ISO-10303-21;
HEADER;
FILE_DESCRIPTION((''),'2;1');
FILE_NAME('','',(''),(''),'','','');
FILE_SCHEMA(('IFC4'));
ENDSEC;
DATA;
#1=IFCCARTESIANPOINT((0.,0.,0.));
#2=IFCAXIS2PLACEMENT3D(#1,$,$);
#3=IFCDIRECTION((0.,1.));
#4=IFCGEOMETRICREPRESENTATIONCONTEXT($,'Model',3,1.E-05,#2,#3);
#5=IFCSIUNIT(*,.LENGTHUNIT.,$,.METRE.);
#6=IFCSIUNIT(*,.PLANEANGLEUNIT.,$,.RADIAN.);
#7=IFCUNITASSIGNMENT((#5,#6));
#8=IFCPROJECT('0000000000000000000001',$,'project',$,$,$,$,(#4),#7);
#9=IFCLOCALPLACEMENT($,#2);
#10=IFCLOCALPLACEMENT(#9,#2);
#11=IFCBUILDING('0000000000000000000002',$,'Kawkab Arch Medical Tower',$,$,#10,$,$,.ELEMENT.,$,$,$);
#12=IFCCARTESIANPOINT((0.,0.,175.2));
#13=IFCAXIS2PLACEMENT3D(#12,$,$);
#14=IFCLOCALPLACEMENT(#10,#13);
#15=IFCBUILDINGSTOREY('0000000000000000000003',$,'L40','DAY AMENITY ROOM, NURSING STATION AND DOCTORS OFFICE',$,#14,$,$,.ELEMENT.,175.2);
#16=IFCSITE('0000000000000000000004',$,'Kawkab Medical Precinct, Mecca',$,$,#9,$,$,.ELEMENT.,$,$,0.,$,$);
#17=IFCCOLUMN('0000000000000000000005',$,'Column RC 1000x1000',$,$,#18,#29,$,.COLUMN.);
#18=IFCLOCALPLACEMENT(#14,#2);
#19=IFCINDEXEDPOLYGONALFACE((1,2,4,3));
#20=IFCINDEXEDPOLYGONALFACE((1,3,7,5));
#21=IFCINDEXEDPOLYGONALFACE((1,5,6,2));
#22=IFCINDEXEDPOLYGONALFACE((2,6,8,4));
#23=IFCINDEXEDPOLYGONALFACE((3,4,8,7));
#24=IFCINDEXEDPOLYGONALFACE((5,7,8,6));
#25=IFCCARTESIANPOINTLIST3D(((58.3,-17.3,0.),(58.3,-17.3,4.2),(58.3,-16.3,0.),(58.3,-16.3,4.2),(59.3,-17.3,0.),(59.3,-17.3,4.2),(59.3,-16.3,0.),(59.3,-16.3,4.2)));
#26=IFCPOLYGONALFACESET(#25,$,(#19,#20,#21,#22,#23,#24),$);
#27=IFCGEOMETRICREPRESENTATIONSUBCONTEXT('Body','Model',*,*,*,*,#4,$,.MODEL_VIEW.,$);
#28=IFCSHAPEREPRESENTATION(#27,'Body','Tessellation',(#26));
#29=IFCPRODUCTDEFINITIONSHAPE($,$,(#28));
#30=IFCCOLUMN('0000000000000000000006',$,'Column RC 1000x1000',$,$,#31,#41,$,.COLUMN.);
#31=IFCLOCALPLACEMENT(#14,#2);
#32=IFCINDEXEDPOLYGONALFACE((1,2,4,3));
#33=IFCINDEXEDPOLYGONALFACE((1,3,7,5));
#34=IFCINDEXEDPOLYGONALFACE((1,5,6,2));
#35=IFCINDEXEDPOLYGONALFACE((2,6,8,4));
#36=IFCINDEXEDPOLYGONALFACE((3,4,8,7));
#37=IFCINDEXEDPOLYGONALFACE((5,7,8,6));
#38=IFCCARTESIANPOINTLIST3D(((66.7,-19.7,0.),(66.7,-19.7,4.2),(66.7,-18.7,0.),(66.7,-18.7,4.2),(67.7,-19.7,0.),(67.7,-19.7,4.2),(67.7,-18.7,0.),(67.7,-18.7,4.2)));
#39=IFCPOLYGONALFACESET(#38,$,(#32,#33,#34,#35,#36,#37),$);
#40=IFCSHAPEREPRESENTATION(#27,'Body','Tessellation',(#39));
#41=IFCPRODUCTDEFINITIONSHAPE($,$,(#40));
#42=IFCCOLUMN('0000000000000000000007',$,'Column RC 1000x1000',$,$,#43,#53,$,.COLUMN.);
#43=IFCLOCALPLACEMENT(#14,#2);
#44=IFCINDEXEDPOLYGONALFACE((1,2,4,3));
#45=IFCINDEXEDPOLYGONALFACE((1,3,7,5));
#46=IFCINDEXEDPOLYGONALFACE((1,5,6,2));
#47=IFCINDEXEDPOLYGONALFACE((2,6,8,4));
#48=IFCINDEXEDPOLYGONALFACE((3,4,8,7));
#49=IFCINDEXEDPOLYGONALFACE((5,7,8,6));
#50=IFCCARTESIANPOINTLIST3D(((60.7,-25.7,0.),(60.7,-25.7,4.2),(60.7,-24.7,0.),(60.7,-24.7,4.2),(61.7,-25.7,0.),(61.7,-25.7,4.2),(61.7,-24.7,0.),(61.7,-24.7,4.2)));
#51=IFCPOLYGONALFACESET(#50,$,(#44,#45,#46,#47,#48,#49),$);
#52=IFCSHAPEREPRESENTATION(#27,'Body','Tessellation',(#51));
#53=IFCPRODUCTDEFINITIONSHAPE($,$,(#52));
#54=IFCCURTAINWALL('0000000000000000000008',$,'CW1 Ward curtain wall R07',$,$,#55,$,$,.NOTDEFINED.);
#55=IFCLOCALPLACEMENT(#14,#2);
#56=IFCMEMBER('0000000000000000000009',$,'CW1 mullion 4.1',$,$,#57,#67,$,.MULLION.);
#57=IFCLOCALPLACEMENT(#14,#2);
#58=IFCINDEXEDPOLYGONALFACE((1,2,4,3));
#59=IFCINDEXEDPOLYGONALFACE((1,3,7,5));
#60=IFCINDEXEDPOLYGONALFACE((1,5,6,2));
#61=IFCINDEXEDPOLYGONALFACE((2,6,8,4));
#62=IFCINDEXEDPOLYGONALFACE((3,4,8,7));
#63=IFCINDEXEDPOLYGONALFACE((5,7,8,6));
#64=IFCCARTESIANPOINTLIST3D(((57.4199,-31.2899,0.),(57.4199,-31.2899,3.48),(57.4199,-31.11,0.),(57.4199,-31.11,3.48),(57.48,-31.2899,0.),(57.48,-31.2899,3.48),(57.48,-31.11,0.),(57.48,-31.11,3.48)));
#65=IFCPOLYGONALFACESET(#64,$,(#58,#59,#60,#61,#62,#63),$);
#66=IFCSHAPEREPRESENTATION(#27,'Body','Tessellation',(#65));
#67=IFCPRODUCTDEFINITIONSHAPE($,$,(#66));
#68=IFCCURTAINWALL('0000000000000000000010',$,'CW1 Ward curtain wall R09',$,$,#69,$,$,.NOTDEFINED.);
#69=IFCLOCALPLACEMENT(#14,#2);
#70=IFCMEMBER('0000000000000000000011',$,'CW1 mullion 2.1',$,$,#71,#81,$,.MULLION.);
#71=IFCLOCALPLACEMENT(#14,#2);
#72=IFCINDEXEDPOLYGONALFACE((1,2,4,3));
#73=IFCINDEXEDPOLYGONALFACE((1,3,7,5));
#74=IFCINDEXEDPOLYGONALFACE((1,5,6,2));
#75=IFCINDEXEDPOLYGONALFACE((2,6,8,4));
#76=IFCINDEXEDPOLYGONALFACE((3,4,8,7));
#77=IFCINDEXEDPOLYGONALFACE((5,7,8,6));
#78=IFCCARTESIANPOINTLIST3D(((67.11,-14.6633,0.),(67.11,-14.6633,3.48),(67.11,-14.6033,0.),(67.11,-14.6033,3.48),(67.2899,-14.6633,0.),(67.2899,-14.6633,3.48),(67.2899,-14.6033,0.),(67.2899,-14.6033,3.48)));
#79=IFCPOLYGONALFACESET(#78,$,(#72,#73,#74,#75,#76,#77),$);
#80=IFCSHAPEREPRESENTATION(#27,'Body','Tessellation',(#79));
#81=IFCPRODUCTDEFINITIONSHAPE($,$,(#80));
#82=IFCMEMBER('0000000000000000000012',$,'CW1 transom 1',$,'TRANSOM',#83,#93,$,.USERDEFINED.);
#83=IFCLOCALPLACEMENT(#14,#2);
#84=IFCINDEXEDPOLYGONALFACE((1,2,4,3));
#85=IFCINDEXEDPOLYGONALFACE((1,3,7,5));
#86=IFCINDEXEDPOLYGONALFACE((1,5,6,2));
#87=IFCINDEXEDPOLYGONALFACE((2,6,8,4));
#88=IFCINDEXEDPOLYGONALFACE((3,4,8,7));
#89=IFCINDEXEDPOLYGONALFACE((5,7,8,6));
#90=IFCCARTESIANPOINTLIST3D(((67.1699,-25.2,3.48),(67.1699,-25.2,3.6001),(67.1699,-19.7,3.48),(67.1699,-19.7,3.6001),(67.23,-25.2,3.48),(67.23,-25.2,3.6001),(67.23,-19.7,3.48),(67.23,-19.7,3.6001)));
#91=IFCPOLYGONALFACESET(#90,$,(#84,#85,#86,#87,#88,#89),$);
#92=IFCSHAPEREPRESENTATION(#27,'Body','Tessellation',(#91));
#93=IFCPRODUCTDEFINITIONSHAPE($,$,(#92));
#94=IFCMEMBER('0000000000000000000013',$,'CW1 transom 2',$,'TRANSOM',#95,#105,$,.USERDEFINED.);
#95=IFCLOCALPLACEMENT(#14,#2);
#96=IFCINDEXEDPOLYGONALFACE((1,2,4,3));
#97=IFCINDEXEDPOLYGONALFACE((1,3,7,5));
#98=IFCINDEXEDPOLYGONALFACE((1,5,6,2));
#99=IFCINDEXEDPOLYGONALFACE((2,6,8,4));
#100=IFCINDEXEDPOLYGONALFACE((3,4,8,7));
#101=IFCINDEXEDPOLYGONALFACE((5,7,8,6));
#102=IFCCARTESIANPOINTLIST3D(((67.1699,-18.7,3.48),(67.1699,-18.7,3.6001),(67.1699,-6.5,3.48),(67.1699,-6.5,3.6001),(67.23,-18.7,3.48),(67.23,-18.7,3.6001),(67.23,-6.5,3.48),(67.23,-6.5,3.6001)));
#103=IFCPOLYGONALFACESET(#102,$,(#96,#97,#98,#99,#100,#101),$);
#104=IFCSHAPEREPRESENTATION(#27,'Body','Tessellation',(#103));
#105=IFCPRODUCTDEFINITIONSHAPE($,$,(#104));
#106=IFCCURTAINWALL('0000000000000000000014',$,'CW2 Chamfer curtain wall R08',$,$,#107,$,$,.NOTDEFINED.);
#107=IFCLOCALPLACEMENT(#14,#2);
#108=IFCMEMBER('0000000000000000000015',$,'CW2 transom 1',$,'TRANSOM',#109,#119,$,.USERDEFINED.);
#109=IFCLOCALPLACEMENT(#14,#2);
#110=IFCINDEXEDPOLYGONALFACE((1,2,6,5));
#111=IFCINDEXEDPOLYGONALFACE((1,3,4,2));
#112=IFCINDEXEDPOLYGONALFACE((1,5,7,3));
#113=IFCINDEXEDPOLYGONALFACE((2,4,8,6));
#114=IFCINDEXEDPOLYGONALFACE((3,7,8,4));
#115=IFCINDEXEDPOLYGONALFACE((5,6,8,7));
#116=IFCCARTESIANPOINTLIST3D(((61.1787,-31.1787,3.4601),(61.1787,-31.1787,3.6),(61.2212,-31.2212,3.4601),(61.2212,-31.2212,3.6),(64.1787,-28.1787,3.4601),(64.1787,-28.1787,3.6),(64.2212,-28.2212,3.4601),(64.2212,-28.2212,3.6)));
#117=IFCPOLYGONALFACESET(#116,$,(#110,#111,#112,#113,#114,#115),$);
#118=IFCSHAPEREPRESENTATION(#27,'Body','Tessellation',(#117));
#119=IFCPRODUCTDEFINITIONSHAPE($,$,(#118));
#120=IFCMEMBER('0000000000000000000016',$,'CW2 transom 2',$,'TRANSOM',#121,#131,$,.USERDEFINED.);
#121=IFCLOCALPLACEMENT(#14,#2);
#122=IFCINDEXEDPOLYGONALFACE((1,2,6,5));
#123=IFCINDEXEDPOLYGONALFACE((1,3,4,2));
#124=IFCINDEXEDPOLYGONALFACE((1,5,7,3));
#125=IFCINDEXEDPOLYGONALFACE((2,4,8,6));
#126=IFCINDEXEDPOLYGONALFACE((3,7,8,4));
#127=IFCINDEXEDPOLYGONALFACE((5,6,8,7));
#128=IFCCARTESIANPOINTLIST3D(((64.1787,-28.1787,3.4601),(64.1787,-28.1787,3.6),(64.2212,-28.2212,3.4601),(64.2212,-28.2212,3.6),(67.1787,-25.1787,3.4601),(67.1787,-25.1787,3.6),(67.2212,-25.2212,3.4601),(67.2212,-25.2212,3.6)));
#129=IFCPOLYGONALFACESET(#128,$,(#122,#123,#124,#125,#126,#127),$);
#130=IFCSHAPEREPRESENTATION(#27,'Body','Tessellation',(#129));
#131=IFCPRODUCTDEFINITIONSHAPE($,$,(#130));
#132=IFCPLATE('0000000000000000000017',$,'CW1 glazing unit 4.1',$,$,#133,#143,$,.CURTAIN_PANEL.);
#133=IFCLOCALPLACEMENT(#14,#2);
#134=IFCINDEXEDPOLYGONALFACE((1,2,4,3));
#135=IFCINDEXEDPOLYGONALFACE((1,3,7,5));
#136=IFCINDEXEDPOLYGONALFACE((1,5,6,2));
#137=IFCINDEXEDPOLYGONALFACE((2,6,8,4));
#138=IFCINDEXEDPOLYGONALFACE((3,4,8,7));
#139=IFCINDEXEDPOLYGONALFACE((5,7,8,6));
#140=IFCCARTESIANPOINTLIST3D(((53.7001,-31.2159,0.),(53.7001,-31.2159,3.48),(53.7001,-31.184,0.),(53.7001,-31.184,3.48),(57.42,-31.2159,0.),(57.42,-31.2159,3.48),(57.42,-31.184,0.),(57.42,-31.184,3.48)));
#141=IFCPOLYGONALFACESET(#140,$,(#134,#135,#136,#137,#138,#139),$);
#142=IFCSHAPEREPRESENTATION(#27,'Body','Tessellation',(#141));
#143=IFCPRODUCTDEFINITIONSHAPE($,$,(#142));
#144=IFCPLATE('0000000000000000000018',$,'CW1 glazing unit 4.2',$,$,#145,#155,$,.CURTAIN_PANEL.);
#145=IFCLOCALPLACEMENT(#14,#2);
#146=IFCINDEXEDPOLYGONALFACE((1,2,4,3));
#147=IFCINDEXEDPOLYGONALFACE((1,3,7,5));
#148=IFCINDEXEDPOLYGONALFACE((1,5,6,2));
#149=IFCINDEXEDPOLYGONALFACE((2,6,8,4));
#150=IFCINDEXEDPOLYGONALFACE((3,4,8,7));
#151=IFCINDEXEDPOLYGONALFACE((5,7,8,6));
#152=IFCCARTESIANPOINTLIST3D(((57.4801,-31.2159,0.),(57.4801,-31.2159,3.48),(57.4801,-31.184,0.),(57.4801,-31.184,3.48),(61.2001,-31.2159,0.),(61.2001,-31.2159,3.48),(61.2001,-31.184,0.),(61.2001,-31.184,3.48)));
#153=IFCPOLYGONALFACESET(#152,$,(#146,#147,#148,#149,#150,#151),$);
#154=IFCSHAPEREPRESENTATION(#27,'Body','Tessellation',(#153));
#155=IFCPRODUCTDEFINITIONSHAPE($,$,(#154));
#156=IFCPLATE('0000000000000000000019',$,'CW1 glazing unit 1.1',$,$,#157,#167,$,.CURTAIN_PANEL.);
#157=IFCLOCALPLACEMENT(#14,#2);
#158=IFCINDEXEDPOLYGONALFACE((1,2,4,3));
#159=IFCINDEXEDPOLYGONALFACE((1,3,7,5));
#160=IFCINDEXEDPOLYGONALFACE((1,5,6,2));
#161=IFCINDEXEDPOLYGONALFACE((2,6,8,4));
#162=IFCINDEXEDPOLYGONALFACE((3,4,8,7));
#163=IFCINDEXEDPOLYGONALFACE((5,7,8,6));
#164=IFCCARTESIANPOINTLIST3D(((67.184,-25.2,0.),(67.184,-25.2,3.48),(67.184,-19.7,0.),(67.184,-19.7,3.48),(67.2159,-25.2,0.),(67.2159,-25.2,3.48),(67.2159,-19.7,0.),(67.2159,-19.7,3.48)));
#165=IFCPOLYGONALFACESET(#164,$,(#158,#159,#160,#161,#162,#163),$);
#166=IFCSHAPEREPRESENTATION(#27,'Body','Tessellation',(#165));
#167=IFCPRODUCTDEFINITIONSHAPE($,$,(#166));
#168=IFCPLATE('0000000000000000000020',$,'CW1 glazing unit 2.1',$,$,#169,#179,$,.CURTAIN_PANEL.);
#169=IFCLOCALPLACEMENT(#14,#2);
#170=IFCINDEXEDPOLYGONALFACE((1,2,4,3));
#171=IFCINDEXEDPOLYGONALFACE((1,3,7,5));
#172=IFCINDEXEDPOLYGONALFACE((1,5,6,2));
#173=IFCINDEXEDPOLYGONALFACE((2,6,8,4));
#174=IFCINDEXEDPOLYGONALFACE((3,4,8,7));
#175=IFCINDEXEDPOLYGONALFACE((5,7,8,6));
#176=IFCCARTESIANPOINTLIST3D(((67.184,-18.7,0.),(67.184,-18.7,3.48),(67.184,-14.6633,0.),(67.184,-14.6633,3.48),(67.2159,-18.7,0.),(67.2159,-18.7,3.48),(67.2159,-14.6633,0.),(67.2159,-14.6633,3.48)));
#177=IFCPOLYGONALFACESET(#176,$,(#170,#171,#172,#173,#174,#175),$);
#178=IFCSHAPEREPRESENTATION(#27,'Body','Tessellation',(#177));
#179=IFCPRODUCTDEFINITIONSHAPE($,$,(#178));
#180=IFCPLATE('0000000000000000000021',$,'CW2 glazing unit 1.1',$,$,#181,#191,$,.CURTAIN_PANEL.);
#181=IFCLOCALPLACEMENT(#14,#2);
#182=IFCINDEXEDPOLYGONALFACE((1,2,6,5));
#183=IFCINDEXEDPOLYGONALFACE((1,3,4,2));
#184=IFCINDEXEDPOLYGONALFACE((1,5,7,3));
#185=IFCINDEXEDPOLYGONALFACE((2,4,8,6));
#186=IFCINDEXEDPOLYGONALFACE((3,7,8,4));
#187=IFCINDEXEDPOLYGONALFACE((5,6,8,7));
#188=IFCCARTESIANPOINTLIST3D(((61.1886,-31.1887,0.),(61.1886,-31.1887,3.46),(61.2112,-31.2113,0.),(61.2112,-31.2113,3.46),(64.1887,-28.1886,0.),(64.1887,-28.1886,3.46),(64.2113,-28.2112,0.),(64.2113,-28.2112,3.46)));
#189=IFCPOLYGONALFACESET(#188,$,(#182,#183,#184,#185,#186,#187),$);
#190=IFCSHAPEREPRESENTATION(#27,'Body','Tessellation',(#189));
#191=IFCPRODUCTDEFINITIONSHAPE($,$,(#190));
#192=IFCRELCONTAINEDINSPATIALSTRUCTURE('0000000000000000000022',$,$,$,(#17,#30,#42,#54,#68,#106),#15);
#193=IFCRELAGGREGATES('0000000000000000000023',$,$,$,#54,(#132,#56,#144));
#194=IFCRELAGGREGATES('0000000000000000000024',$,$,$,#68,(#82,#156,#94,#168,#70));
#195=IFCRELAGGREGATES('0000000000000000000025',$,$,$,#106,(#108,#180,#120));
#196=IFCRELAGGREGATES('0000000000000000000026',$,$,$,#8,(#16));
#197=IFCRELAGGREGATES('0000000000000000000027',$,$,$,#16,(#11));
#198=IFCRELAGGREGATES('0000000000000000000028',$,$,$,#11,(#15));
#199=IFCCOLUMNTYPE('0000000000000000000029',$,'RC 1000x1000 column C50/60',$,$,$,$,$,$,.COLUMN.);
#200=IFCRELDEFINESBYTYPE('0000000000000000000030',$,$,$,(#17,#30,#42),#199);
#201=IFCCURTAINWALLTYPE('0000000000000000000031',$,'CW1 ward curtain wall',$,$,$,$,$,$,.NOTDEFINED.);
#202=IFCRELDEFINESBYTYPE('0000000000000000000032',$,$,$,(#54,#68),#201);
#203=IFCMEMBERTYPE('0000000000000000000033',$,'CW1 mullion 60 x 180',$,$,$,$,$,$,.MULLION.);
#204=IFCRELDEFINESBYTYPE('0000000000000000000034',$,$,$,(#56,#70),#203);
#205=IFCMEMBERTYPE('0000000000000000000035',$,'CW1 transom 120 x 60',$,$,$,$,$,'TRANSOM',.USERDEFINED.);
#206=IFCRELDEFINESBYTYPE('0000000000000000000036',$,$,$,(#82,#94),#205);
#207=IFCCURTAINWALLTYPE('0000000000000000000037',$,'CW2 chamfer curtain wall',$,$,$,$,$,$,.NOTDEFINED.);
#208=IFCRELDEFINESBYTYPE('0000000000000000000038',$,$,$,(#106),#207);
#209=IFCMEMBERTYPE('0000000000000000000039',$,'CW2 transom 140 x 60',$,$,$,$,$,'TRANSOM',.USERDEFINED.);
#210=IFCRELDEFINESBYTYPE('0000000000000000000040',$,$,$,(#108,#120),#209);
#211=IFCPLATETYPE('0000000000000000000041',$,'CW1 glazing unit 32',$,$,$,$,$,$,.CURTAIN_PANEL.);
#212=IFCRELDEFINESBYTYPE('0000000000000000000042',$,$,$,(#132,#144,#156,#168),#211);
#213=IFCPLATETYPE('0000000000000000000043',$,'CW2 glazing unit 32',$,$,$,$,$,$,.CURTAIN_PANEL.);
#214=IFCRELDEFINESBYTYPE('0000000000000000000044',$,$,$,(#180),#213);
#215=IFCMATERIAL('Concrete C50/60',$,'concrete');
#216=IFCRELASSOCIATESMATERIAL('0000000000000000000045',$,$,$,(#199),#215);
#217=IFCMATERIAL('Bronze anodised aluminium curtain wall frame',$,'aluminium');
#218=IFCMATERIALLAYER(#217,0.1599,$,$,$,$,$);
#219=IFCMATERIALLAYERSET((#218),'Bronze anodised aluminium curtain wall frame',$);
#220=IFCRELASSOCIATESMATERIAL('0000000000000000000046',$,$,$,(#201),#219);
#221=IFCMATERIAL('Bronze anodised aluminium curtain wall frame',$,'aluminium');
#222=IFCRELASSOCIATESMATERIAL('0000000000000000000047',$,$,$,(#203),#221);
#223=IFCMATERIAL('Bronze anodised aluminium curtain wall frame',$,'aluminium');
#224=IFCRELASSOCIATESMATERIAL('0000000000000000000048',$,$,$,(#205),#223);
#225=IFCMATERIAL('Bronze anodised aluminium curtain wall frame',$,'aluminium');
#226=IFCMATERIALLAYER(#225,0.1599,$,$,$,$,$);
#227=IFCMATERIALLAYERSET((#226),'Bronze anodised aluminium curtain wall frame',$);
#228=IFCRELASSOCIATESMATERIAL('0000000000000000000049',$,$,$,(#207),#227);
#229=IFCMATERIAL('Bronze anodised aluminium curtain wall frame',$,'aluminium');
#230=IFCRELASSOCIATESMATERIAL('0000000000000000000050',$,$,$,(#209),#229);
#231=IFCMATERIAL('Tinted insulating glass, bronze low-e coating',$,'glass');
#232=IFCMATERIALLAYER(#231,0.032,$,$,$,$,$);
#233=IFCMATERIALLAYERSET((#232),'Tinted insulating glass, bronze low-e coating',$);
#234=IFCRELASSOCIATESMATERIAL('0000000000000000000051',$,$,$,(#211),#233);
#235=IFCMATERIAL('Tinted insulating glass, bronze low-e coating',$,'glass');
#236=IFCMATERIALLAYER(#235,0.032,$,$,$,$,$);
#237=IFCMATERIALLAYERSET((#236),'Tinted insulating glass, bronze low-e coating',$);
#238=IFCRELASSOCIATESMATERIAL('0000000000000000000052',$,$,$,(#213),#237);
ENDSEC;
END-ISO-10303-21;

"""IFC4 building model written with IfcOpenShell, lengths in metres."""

from ifc_helpers import new_model, si_unit, direction, frame, origin, origin_2d, place, context, subcontext, project, spatial, rectangle, extrude, material, layer, layer_set, material_profile, profile_set, type_object, element, aggregate, save


model = new_model("IFC4")

# Units and contexts
model_context = context("Model", 3, precision=1e-05, world=origin(), true_north=direction((0.0, 1.0)))
body_context = subcontext(model_context, "Body", "Model", "MODEL_VIEW")
ifc_project = project(units=[si_unit("LENGTHUNIT", "METRE"), si_unit("PLANEANGLEUNIT", "RADIAN")], contexts=[model_context])

# Site, building, storey
site_placement = place(None, origin())
site = spatial("IfcSite", under=ifc_project, at=site_placement, Name="Kawkab Medical Precinct, Mecca", CompositionType="ELEMENT", RefElevation=0.0)
building_placement = place(site_placement, origin())
building = spatial("IfcBuilding", under=site, at=building_placement, Name="Kawkab Arch Medical Tower", CompositionType="ELEMENT")
storey_placement = place(building_placement, frame((0.0, 0.0, 175.2)))
storey = spatial("IfcBuildingStorey", under=building, at=storey_placement, Name="L40", Description="DAY AMENITY ROOM, NURSING STATION AND DOCTORS OFFICE", CompositionType="ELEMENT", Elevation=175.2)

# Columns
ifc_material_1 = material(Name="Concrete C50/60", Category="concrete")
ifc_material_profile_1 = material_profile(ifc_material_1, rectangle(XDim=1.0, YDim=1.0, at=origin_2d()), Name="RC 1000x1000")
ifc_profile_set_1 = profile_set([ifc_material_profile_1], Name="Concrete C50/60")
column_type = type_object("IfcColumnType", Name="RC 1000x1000 column C50/60", PredefinedType="COLUMN", material=ifc_profile_set_1)
for number, where, z_axis, x_axis, name in (
    (1, (58.8, -16.8, 0.0), (0.0, 0.0, 1.0), (1.0, 0.0, 0.0), "Column RC 1000x1000"),
    (2, (67.2, -19.2, 0.0), (0.0, 0.0, 1.0), (1.0, 0.0, 0.0), "Column RC 1000x1000"),
    (3, (61.2, -25.2, 0.0), (0.0, 0.0, 1.0), (1.0, 0.0, 0.0), "Column RC 1000x1000"),
):
    element("IfcColumn", number, at=place(storey_placement, frame(where, z_axis=z_axis, x_axis=x_axis)), inside=storey, type_object=column_type, Name=name, PredefinedType="COLUMN", context=body_context, shape_type="SweptSolid", body=[
        extrude(rectangle(XDim=1.0, YDim=1.0, at=origin_2d()), origin(), (0.0, 0.0, 1.0), 4.2),
    ])

# Curtain wall, member
ifc_material_2 = material(Name="Bronze anodised aluminium curtain wall frame", Category="aluminium")
ifc_layer_1 = layer(ifc_material_2, 0.1599)
ifc_layer_set_1 = layer_set([ifc_layer_1], Name="Bronze anodised aluminium curtain wall frame")
curtain_wall_type_1 = type_object("IfcCurtainWallType", Name="CW1 ward curtain wall", PredefinedType="NOTDEFINED", material=ifc_layer_set_1)
placement = place(storey_placement, origin())
curtain_wall_1 = element("IfcCurtainWall", 4, at=placement, inside=storey, type_object=curtain_wall_type_1, Name="CW1 Ward curtain wall R07", PredefinedType="NOTDEFINED")
ifc_material_3 = material(Name="Bronze anodised aluminium curtain wall frame", Category="aluminium")
ifc_material_profile_2 = material_profile(ifc_material_3, rectangle(XDim=0.1799, YDim=0.0601, at=origin_2d()), Name="AL 60x180")
ifc_profile_set_2 = profile_set([ifc_material_profile_2], Name="Bronze anodised aluminium curtain wall frame")
member_type_1 = type_object("IfcMemberType", Name="CW1 mullion 60 x 180", PredefinedType="MULLION", material=ifc_profile_set_2)
member_1_placement = place(storey_placement, frame((57.45, -31.2, 0.0), z_axis=(0.0, 0.0, 1.0), x_axis=(0.0, 1.0, 0.0)))
member_1 = element("IfcMember", 5, at=member_1_placement, type_object=member_type_1, Name="CW1 mullion 4.1", PredefinedType="MULLION", context=body_context, shape_type="SweptSolid", body=[
    extrude(rectangle(XDim=0.1799, YDim=0.0601, at=origin_2d()), origin(), (0.0, 0.0, 1.0), 3.48),
])

# Curtain walls, members
curtain_wall_2 = element("IfcCurtainWall", 6, at=placement, inside=storey, type_object=curtain_wall_type_1, Name="CW1 Ward curtain wall R09", PredefinedType="NOTDEFINED")
member_2_placement = place(storey_placement, frame((67.2, -14.6333, 0.0), z_axis=(0.0, 0.0, 1.0), x_axis=(-1.0, 0.0, 0.0)))
member_2 = element("IfcMember", 7, at=member_2_placement, type_object=member_type_1, Name="CW1 mullion 2.1", PredefinedType="MULLION", context=body_context, shape_type="SweptSolid", body=[
    extrude(rectangle(XDim=0.1799, YDim=0.0601, at=origin_2d()), origin(), (0.0, 0.0, 1.0), 3.48),
])
ifc_material_4 = material(Name="Bronze anodised aluminium curtain wall frame", Category="aluminium")
ifc_material_profile_3 = material_profile(ifc_material_4, rectangle(XDim=0.0601, YDim=0.1201, at=origin_2d()), Name="AL 60x120")
ifc_profile_set_3 = profile_set([ifc_material_profile_3], Name="Bronze anodised aluminium curtain wall frame")
member_type_2 = type_object("IfcMemberType", Name="CW1 transom 120 x 60", ElementType="TRANSOM", PredefinedType="USERDEFINED", material=ifc_profile_set_3)
member_3_placement = place(storey_placement, frame((67.2, -25.2, 3.54), z_axis=(0.0, 1.0, 0.0), x_axis=(-1.0, 0.0, 0.0)))
member_3 = element("IfcMember", 8, at=member_3_placement, type_object=member_type_2, Name="CW1 transom 1", ObjectType="TRANSOM", PredefinedType="USERDEFINED", context=body_context, shape_type="SweptSolid", body=[
    extrude(rectangle(XDim=0.0601, YDim=0.1201, at=origin_2d()), origin(), (0.0, 0.0, 1.0), 5.5),
])
member_4_placement = place(storey_placement, frame((67.2, -18.7, 3.54), z_axis=(0.0, 1.0, 0.0), x_axis=(-1.0, 0.0, 0.0)))
member_4 = element("IfcMember", 9, at=member_4_placement, type_object=member_type_2, Name="CW1 transom 2", ObjectType="TRANSOM", PredefinedType="USERDEFINED", context=body_context, shape_type="SweptSolid", body=[
    extrude(rectangle(XDim=0.0601, YDim=0.1201, at=origin_2d()), origin(), (0.0, 0.0, 1.0), 12.2),
])
ifc_material_5 = material(Name="Bronze anodised aluminium curtain wall frame", Category="aluminium")
ifc_layer_2 = layer(ifc_material_5, 0.1599)
ifc_layer_set_2 = layer_set([ifc_layer_2], Name="Bronze anodised aluminium curtain wall frame")
curtain_wall_type_2 = type_object("IfcCurtainWallType", Name="CW2 chamfer curtain wall", PredefinedType="NOTDEFINED", material=ifc_layer_set_2)
curtain_wall_3 = element("IfcCurtainWall", 10, at=placement, inside=storey, type_object=curtain_wall_type_2, Name="CW2 Chamfer curtain wall R08", PredefinedType="NOTDEFINED")
ifc_material_6 = material(Name="Bronze anodised aluminium curtain wall frame", Category="aluminium")
ifc_material_profile_4 = material_profile(ifc_material_6, rectangle(XDim=0.0601, YDim=0.1399, at=origin_2d()), Name="AL 60x140")
ifc_profile_set_4 = profile_set([ifc_material_profile_4], Name="Bronze anodised aluminium curtain wall frame")
member_type_3 = type_object("IfcMemberType", Name="CW2 transom 140 x 60", ElementType="TRANSOM", PredefinedType="USERDEFINED", material=ifc_profile_set_4)
member_5_placement = place(storey_placement, frame((61.2, -31.2, 3.53), z_axis=(0.707107, 0.707107, 0.0), x_axis=(-0.707107, 0.707107, 0.0)))
member_5 = element("IfcMember", 11, at=member_5_placement, type_object=member_type_3, Name="CW2 transom 1", ObjectType="TRANSOM", PredefinedType="USERDEFINED", context=body_context, shape_type="SweptSolid", body=[
    extrude(rectangle(XDim=0.0601, YDim=0.1399, at=origin_2d()), origin(), (0.0, 0.0, 1.0), 4.2427),
])
member_6_placement = place(storey_placement, frame((64.2, -28.2, 3.53), z_axis=(0.707107, 0.707107, 0.0), x_axis=(-0.707107, 0.707107, 0.0)))
member_6 = element("IfcMember", 12, at=member_6_placement, type_object=member_type_3, Name="CW2 transom 2", ObjectType="TRANSOM", PredefinedType="USERDEFINED", context=body_context, shape_type="SweptSolid", body=[
    extrude(rectangle(XDim=0.0601, YDim=0.1399, at=origin_2d()), origin(), (0.0, 0.0, 1.0), 4.2427),
])

# Plates
ifc_material_7 = material(Name="Tinted insulating glass, bronze low-e coating", Category="glass")
ifc_layer_3 = layer(ifc_material_7, 0.032)
ifc_layer_set_3 = layer_set([ifc_layer_3], Name="Tinted insulating glass, bronze low-e coating")
plate_type_1 = type_object("IfcPlateType", Name="CW1 glazing unit 32", PredefinedType="CURTAIN_PANEL", material=ifc_layer_set_3)
plate_1_placement = place(storey_placement, frame((55.5601, -31.2, 0.0), z_axis=(0.0, 0.0, 1.0), x_axis=(1.0, 0.0, 0.0)))
plate_1 = element("IfcPlate", 13, at=plate_1_placement, type_object=plate_type_1, Name="CW1 glazing unit 4.1", PredefinedType="CURTAIN_PANEL", context=body_context, shape_type="SweptSolid", body=[
    extrude(rectangle(XDim=3.72, YDim=0.032, at=origin_2d()), origin(), (0.0, 0.0, 1.0), 3.48),
])
plate_2_placement = place(storey_placement, frame((59.3401, -31.2, 0.0), z_axis=(0.0, 0.0, 1.0), x_axis=(1.0, 0.0, 0.0)))
plate_2 = element("IfcPlate", 14, at=plate_2_placement, type_object=plate_type_1, Name="CW1 glazing unit 4.2", PredefinedType="CURTAIN_PANEL", context=body_context, shape_type="SweptSolid", body=[
    extrude(rectangle(XDim=3.72, YDim=0.032, at=origin_2d()), origin(), (0.0, 0.0, 1.0), 3.48),
])
aggregate(curtain_wall_1, [plate_1, member_1, plate_2])
plate_3_placement = place(storey_placement, frame((67.2, -22.45, 0.0), z_axis=(0.0, 0.0, 1.0), x_axis=(0.0, 1.0, 0.0)))
plate_3 = element("IfcPlate", 15, at=plate_3_placement, type_object=plate_type_1, Name="CW1 glazing unit 1.1", PredefinedType="CURTAIN_PANEL", context=body_context, shape_type="SweptSolid", body=[
    extrude(rectangle(XDim=5.5, YDim=0.032, at=origin_2d()), origin(), (0.0, 0.0, 1.0), 3.48),
])
plate_4_placement = place(storey_placement, frame((67.2, -16.6816, 0.0), z_axis=(0.0, 0.0, 1.0), x_axis=(0.0, 1.0, 0.0)))
plate_4 = element("IfcPlate", 16, at=plate_4_placement, type_object=plate_type_1, Name="CW1 glazing unit 2.1", PredefinedType="CURTAIN_PANEL", context=body_context, shape_type="SweptSolid", body=[
    extrude(rectangle(XDim=4.0366, YDim=0.032, at=origin_2d()), origin(), (0.0, 0.0, 1.0), 3.48),
])
aggregate(curtain_wall_2, [member_3, plate_3, member_4, plate_4, member_2])
ifc_material_8 = material(Name="Tinted insulating glass, bronze low-e coating", Category="glass")
ifc_layer_4 = layer(ifc_material_8, 0.032)
ifc_layer_set_4 = layer_set([ifc_layer_4], Name="Tinted insulating glass, bronze low-e coating")
plate_type_2 = type_object("IfcPlateType", Name="CW2 glazing unit 32", PredefinedType="CURTAIN_PANEL", material=ifc_layer_set_4)
plate_5_placement = place(storey_placement, frame((62.7, -29.7, 0.0), z_axis=(0.0, 0.0, 1.0), x_axis=(0.707107, 0.707107, 0.0)))
plate_5 = element("IfcPlate", 17, at=plate_5_placement, type_object=plate_type_2, Name="CW2 glazing unit 1.1", PredefinedType="CURTAIN_PANEL", context=body_context, shape_type="SweptSolid", body=[
    extrude(rectangle(XDim=4.2427, YDim=0.032, at=origin_2d()), origin(), (0.0, 0.0, 1.0), 3.46),
])
aggregate(curtain_wall_3, [member_5, plate_5, member_6])

save(model, "model.ifc")
